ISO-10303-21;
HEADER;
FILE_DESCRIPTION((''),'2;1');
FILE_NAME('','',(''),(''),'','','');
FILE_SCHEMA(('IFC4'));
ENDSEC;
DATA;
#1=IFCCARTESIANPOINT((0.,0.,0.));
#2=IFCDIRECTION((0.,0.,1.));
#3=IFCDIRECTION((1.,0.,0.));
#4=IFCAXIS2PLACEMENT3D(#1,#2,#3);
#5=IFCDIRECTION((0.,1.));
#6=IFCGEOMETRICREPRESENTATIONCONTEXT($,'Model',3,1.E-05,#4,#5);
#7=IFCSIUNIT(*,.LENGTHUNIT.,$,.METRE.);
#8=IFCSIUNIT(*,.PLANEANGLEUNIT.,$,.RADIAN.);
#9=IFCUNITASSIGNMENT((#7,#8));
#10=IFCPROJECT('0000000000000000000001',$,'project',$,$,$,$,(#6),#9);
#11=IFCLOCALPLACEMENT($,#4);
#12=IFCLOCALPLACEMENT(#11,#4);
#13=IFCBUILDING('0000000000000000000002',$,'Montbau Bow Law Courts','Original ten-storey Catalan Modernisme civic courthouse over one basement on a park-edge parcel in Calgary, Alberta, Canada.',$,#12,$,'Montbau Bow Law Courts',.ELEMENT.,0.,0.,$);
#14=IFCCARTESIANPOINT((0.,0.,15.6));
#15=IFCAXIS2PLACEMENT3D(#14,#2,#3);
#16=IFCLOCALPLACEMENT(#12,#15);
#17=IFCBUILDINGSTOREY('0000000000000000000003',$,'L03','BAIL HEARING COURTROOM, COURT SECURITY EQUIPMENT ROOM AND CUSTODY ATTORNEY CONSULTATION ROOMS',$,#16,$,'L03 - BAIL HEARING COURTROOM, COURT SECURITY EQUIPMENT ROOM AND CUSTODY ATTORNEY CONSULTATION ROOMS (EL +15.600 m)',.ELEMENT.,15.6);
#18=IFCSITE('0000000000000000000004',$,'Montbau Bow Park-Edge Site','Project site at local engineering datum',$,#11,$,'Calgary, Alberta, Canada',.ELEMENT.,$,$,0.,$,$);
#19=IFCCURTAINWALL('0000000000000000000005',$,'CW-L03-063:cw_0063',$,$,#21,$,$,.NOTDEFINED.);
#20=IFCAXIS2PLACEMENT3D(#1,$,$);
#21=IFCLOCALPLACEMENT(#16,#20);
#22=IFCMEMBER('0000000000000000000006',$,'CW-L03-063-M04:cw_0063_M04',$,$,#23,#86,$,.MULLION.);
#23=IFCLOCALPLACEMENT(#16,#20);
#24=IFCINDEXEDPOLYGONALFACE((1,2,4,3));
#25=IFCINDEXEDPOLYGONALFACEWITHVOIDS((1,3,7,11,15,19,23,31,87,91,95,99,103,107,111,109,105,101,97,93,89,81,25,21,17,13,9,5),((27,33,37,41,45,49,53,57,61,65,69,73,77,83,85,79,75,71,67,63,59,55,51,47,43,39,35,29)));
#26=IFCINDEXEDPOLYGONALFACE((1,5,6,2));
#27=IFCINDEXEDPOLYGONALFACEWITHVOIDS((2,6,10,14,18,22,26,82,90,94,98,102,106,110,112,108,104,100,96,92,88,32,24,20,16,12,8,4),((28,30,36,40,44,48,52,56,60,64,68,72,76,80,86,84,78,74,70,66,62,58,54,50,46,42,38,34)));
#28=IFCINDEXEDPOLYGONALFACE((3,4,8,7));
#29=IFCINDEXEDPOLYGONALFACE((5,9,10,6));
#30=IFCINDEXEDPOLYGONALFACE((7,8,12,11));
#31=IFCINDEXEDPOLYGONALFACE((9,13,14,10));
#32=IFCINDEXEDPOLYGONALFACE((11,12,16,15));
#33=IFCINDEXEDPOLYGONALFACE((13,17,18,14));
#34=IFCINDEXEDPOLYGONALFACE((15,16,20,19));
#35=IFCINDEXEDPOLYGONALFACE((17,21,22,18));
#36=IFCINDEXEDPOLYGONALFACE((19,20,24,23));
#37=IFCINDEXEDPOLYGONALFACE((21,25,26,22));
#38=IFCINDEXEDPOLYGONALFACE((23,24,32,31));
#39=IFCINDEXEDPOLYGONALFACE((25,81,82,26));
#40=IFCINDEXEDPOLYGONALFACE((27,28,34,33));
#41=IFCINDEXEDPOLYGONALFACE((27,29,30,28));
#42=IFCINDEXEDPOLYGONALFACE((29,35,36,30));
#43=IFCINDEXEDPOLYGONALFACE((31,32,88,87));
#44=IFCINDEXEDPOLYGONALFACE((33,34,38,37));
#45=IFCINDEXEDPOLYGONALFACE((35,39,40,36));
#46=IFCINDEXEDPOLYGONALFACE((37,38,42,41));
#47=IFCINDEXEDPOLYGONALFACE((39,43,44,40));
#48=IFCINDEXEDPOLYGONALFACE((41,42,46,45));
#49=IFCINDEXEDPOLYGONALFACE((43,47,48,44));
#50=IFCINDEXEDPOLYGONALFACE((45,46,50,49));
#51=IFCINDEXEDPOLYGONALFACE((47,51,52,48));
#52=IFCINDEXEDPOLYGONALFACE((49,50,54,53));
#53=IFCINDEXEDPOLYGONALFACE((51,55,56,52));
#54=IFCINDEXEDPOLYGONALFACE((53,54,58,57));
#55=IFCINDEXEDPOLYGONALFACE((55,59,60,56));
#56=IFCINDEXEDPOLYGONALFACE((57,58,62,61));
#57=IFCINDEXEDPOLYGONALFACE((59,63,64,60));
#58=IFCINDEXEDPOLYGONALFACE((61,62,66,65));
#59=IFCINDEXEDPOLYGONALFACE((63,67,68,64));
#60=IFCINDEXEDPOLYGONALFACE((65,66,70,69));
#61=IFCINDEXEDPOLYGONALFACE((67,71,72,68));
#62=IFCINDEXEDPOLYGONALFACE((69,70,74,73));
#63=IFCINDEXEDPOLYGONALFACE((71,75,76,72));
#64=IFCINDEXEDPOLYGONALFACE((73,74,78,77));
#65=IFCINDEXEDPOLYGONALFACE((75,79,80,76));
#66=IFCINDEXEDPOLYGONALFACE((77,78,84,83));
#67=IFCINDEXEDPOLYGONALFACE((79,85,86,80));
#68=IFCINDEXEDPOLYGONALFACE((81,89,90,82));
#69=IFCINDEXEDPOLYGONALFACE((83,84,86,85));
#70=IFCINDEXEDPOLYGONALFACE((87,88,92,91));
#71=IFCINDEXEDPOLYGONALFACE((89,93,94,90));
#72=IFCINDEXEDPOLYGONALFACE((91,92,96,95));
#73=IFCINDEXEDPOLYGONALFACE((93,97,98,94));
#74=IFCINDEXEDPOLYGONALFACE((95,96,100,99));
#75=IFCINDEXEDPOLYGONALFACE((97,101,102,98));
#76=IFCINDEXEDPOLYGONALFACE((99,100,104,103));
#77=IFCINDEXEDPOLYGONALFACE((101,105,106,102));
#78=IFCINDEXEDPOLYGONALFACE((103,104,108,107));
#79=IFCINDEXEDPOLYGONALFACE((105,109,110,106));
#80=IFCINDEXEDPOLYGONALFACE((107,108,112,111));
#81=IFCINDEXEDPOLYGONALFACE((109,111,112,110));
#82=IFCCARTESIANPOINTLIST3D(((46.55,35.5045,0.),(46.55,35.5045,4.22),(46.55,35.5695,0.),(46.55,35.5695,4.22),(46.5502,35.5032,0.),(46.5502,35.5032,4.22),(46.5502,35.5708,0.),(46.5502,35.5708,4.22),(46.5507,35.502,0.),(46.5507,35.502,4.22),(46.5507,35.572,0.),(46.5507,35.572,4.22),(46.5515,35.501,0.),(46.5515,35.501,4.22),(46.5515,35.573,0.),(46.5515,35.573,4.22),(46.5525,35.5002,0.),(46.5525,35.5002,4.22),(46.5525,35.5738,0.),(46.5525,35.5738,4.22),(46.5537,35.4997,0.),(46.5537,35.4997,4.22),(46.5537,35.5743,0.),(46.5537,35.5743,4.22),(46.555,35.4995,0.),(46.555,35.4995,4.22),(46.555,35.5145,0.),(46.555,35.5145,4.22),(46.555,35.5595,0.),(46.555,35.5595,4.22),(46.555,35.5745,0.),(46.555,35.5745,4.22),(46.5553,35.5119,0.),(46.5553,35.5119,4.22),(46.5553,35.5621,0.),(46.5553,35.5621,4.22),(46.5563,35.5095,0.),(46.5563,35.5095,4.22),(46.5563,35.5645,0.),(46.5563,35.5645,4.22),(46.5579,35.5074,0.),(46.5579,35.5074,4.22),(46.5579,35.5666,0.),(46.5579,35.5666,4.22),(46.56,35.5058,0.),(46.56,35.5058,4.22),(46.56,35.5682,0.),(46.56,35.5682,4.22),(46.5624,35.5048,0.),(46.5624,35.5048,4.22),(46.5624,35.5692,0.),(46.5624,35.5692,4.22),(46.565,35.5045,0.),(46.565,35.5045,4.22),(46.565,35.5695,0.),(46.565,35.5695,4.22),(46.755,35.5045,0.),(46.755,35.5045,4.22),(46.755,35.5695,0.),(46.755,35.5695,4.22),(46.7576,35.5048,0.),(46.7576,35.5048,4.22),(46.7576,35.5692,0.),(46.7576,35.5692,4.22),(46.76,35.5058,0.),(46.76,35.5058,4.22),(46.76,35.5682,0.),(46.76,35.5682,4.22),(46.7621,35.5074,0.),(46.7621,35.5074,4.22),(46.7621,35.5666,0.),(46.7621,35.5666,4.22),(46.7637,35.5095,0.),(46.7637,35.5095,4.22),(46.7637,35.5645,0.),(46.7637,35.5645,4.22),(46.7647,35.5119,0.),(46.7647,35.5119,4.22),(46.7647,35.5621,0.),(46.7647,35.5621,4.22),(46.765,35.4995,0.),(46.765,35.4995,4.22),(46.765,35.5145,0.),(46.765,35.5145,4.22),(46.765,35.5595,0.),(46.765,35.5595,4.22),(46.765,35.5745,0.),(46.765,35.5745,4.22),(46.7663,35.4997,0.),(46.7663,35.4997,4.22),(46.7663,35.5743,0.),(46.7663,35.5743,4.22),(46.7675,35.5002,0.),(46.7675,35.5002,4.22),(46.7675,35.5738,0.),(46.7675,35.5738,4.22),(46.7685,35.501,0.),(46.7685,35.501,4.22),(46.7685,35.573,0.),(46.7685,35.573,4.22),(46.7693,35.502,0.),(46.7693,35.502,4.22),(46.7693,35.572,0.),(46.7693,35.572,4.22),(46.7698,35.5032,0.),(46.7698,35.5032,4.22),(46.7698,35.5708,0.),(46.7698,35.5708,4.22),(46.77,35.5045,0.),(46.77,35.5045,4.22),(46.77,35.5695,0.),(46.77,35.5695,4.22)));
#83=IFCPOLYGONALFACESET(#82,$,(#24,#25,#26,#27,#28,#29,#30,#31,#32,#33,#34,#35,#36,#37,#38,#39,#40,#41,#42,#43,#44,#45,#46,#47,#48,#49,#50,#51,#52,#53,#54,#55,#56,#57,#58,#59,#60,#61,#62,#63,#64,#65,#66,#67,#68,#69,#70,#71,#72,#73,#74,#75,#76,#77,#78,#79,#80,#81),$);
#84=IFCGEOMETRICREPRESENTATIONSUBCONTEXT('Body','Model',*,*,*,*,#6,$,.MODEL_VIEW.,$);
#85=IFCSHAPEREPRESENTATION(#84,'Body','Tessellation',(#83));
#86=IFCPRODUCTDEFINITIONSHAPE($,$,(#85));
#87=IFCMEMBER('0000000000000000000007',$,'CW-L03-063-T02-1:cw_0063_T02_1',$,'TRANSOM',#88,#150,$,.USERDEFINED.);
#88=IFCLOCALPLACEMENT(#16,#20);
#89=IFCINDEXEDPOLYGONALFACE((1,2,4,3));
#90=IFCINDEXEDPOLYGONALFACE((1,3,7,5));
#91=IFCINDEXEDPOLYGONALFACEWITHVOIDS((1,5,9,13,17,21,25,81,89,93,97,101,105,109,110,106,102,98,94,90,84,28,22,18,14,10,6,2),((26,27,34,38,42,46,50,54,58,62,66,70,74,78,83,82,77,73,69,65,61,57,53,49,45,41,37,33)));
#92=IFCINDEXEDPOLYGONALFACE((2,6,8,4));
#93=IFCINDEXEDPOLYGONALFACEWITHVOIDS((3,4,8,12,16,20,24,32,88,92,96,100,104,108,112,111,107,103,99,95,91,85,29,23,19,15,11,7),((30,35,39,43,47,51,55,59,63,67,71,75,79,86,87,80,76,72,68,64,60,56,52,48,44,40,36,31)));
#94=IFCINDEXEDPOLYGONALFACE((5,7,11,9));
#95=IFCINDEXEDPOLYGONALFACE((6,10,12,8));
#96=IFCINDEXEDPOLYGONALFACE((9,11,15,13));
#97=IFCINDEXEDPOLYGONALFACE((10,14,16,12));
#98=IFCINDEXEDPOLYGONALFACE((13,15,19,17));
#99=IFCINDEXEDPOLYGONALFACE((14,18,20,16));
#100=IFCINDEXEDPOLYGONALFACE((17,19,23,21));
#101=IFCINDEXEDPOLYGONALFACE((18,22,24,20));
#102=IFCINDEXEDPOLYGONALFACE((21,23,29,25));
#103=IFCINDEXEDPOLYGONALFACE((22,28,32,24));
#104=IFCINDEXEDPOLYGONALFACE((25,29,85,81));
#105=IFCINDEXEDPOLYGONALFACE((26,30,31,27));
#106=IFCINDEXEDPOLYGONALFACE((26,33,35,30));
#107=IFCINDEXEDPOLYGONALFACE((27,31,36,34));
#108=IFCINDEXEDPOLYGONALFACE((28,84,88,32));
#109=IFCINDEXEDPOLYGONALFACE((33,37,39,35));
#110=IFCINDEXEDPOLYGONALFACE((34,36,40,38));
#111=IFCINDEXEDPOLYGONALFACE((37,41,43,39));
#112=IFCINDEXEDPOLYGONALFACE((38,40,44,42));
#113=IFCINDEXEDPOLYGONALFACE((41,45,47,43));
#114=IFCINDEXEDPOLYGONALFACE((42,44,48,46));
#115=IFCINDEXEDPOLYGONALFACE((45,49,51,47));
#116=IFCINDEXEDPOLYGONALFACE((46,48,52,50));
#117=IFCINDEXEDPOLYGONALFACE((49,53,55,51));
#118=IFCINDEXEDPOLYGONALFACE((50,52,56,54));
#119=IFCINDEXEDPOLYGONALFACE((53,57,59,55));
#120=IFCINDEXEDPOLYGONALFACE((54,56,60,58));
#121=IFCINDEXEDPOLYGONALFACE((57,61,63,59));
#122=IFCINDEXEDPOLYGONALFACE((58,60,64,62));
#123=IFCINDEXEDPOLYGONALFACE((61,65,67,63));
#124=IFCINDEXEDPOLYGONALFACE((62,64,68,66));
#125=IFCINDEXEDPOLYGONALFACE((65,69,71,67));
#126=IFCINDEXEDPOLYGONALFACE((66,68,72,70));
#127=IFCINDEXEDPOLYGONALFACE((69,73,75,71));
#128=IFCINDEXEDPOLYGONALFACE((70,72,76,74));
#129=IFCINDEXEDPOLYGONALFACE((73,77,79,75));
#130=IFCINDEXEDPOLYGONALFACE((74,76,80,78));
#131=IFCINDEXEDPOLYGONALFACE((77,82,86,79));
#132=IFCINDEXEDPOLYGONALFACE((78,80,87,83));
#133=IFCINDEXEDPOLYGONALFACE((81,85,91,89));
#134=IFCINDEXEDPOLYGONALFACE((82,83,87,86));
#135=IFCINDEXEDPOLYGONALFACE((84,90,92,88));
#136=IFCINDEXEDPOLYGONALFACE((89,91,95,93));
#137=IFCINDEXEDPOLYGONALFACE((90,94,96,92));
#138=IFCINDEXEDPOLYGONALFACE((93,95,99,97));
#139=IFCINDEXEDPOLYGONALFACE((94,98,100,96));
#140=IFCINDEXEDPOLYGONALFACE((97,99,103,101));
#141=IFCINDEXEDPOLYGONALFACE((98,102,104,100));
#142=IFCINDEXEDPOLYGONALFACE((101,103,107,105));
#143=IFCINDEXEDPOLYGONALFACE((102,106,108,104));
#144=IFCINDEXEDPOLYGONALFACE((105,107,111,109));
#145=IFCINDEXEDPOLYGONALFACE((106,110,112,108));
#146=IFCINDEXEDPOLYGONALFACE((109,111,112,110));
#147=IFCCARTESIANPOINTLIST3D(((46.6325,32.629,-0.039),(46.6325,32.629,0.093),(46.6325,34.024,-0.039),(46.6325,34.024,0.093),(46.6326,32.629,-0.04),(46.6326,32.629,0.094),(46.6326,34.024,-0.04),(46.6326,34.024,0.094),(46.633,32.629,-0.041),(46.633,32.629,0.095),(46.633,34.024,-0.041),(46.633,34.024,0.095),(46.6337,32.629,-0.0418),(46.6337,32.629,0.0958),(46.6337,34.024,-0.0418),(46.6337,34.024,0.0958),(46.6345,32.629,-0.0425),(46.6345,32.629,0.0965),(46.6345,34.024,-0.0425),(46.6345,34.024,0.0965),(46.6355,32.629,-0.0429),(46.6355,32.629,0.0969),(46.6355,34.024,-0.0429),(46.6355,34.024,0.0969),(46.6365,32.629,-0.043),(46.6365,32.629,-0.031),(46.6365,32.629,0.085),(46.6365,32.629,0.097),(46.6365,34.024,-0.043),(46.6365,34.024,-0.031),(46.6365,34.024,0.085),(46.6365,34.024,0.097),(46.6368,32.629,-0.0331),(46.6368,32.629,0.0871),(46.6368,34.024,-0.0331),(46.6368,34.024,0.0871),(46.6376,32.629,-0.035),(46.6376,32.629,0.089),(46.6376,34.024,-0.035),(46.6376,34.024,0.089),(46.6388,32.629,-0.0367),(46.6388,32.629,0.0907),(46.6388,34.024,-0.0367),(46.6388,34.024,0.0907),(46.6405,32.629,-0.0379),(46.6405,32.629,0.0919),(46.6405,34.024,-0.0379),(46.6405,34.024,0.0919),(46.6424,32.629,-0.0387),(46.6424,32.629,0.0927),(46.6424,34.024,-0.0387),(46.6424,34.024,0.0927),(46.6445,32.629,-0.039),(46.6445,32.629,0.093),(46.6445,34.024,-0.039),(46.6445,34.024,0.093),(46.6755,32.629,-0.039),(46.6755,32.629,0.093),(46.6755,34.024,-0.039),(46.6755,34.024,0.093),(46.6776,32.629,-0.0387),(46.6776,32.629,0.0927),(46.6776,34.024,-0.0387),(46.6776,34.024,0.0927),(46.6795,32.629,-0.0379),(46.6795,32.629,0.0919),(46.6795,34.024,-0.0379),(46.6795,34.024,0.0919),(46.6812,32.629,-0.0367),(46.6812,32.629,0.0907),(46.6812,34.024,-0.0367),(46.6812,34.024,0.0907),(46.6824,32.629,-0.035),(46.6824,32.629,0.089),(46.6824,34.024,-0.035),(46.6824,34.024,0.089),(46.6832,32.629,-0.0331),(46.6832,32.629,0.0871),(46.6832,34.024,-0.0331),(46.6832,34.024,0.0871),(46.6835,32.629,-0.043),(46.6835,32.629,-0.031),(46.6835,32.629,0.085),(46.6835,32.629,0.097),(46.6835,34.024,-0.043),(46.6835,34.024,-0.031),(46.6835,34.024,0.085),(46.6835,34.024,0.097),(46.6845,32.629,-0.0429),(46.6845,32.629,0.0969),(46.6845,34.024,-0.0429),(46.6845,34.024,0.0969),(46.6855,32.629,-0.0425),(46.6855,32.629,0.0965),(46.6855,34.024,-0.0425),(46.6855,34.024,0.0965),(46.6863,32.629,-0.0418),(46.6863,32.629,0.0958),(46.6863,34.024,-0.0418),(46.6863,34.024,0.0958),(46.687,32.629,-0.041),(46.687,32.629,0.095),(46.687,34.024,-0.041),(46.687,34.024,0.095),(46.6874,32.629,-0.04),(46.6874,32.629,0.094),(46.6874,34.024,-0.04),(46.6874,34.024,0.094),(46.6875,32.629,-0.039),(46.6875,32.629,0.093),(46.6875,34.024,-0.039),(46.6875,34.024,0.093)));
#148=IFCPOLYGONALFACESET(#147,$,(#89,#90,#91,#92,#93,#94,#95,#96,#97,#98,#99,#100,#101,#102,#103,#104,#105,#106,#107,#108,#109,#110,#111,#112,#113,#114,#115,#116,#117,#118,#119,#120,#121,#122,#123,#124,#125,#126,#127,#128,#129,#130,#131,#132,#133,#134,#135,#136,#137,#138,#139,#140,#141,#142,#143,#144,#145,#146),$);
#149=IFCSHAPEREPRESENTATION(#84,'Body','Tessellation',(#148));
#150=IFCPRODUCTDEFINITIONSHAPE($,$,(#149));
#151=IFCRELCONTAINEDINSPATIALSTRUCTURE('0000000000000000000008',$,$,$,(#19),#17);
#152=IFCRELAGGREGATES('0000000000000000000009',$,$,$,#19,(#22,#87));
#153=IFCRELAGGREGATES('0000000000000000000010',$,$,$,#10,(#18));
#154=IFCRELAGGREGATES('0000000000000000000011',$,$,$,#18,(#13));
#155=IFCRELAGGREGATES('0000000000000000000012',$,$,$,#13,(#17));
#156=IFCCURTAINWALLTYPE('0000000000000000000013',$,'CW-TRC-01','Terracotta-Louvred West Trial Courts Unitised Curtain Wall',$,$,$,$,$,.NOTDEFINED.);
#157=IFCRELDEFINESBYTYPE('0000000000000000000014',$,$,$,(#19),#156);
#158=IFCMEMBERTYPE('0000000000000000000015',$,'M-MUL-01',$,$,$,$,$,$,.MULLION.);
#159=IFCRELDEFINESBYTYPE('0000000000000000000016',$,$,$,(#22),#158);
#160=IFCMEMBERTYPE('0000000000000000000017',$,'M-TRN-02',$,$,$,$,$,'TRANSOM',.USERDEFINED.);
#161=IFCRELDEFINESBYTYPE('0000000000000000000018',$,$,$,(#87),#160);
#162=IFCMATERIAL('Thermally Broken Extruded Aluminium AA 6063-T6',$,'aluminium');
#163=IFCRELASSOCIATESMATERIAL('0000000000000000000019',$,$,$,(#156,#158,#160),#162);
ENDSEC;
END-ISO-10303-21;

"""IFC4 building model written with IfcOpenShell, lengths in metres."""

from ifc_helpers import new_model, si_unit, direction, frame, origin_with_axes, origin_2d_with_axis, place, context, subcontext, project, spatial, hollow_rectangle, extrude, material, material_profile, profile_set, type_object, element, aggregate, save


model = new_model("IFC4")

# Units and contexts
model_context = context("Model", 3, precision=1e-05, world=origin_with_axes(), true_north=direction((0.0, 1.0)))
body_context = subcontext(model_context, "Body", "Model", "MODEL_VIEW")
ifc_project = project(units=[si_unit("LENGTHUNIT", "METRE"), si_unit("PLANEANGLEUNIT", "RADIAN")], contexts=[model_context])

# Site, building, storey
site_placement = place(None, origin_with_axes())
site = spatial("IfcSite", under=ifc_project, at=site_placement, Name="Montbau Bow Park-Edge Site", Description="Project site at local engineering datum", LongName="Calgary, Alberta, Canada", CompositionType="ELEMENT", RefElevation=0.0)
building_placement = place(site_placement, origin_with_axes())
building = spatial("IfcBuilding", under=site, at=building_placement, Name="Montbau Bow Law Courts", Description="Original ten-storey Catalan Modernisme civic courthouse over one basement on a park-edge parcel in Calgary, Alberta, Canada.", LongName="Montbau Bow Law Courts", CompositionType="ELEMENT", ElevationOfRefHeight=0.0, ElevationOfTerrain=0.0)
storey_placement = place(building_placement, frame((0.0, 0.0, 15.6), z_axis=(0.0, 0.0, 1.0), x_axis=(1.0, 0.0, 0.0)))
storey = spatial("IfcBuildingStorey", under=building, at=storey_placement, Name="L03", Description="BAIL HEARING COURTROOM, COURT SECURITY EQUIPMENT ROOM AND CUSTODY ATTORNEY CONSULTATION ROOMS", LongName="L03 - BAIL HEARING COURTROOM, COURT SECURITY EQUIPMENT ROOM AND CUSTODY ATTORNEY CONSULTATION ROOMS (EL +15.600 m)", CompositionType="ELEMENT", Elevation=15.6)

# Curtain wall, members
ifc_material_1 = material(Name="Thermally Broken Extruded Aluminium AA 6063-T6", Category="aluminium")
curtain_wall_type = type_object("IfcCurtainWallType", Name="CW-TRC-01", Description="Terracotta-Louvred West Trial Courts Unitised Curtain Wall", PredefinedType="NOTDEFINED", material=ifc_material_1)
curtain_wall_placement = place(None, frame((46.66, 31.115, 15.6), z_axis=(0.0, 0.0, 1.0), x_axis=(1.0, 0.0, 0.0)))
curtain_wall = element("IfcCurtainWall", 1, at=curtain_wall_placement, inside=storey, type_object=curtain_wall_type, Name="CW-L03-063:cw_0063", PredefinedType="NOTDEFINED")
ifc_material_profile_1 = material_profile(ifc_material_1, hollow_rectangle(XDim=0.075, YDim=0.22, WallThickness=0.005, InnerFilletRadius=0.01, OuterFilletRadius=0.005, at=origin_2d_with_axis()), Name="CWM-220X75", Category="Main", Priority=0)
ifc_profile_set_1 = profile_set([ifc_material_profile_1], Name="Thermally Broken Extruded Aluminium AA 6063-T6")
member_type_1 = type_object("IfcMemberType", Name="M-MUL-01", PredefinedType="MULLION", material=ifc_profile_set_1)
member_1_placement = place(None, frame((46.66, 35.537, 15.6), z_axis=(0.0, 0.0, 1.0), x_axis=(0.0, 1.0, 0.0)))
member_1 = element("IfcMember", 2, at=member_1_placement, type_object=member_type_1, Name="CW-L03-063-M04:cw_0063_M04", PredefinedType="MULLION", context=body_context, shape_type="SweptSolid", body=[
    extrude(hollow_rectangle(XDim=0.075, YDim=0.22, WallThickness=0.005, InnerFilletRadius=0.01, OuterFilletRadius=0.005, at=origin_2d_with_axis()), origin_with_axes(), (0.0, 0.0, 1.0), 4.22),
])
ifc_material_profile_2 = material_profile(ifc_material_1, hollow_rectangle(XDim=0.055, YDim=0.14, WallThickness=0.004, InnerFilletRadius=0.008, OuterFilletRadius=0.004, at=origin_2d_with_axis()), Name="CWT-140X55", Category="Main", Priority=0)
ifc_profile_set_2 = profile_set([ifc_material_profile_2], Name="Thermally Broken Extruded Aluminium AA 6063-T6")
member_type_2 = type_object("IfcMemberType", Name="M-TRN-02", ElementType="TRANSOM", PredefinedType="USERDEFINED", material=ifc_profile_set_2)
member_2_placement = place(None, frame((46.66, 32.629, 15.627), z_axis=(0.0, 1.0, 0.0), x_axis=(-1.0, 0.0, 0.0)))
member_2 = element("IfcMember", 3, at=member_2_placement, type_object=member_type_2, Name="CW-L03-063-T02-1:cw_0063_T02_1", ObjectType="TRANSOM", PredefinedType="USERDEFINED", context=body_context, shape_type="SweptSolid", body=[
    extrude(hollow_rectangle(XDim=0.055, YDim=0.14, WallThickness=0.004, InnerFilletRadius=0.008, OuterFilletRadius=0.004, at=origin_2d_with_axis()), origin_with_axes(), (0.0, 0.0, 1.0), 1.395),
])
aggregate(curtain_wall, [member_1, member_2])

save(model, "model.ifc")
